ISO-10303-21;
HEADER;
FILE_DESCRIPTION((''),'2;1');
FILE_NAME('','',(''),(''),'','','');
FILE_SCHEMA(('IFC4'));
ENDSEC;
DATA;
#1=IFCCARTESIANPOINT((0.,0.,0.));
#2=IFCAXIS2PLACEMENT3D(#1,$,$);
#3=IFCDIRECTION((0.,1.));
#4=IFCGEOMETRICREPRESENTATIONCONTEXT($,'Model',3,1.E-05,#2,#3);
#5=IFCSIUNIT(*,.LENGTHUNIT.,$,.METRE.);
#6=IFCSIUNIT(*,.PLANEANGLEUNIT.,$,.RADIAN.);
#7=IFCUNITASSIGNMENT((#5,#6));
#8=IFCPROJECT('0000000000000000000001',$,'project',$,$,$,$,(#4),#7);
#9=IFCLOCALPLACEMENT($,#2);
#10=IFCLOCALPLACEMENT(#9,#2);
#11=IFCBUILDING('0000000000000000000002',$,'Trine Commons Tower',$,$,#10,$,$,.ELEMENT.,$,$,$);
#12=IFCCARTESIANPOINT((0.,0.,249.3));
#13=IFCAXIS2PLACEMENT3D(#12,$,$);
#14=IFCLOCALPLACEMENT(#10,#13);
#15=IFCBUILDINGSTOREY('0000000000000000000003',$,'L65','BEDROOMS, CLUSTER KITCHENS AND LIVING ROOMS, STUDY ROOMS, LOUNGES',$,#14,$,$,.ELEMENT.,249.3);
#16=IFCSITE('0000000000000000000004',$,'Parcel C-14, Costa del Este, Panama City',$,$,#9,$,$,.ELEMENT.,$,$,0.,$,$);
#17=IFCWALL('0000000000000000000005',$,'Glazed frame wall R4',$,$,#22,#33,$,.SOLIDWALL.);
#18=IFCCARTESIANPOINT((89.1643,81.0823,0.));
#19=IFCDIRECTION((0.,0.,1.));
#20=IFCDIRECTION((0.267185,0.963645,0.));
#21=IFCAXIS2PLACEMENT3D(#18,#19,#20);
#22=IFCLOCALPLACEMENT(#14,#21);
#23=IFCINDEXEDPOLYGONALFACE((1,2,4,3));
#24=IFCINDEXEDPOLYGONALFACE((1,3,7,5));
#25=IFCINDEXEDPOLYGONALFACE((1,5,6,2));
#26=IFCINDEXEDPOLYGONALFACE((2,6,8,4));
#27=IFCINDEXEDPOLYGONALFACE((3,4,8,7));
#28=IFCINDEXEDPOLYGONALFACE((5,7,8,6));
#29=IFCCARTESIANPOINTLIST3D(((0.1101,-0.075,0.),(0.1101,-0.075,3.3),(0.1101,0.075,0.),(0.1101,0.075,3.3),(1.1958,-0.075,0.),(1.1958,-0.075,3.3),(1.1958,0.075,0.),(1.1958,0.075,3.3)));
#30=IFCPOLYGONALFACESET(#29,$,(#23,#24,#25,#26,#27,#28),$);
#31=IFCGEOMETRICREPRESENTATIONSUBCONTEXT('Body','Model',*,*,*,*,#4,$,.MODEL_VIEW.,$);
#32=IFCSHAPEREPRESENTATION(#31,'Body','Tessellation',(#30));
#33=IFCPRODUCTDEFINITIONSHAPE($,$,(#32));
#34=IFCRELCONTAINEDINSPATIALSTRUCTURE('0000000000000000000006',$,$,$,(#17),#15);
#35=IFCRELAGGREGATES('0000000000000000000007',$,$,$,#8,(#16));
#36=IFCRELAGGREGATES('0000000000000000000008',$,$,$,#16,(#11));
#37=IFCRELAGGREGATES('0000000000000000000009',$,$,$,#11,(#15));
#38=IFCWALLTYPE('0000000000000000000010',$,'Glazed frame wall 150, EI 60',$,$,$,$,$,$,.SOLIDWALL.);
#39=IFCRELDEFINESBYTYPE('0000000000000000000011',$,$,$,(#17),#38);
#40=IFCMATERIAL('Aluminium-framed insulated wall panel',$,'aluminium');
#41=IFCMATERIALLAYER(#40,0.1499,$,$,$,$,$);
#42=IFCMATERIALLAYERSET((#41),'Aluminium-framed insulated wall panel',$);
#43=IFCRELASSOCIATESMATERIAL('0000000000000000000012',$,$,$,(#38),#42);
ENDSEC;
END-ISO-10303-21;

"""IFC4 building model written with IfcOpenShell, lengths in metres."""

from ifc_helpers import new_model, si_unit, direction, frame, origin, place, context, subcontext, project, spatial, polyline, outline, extrude, material, layer, layer_set, type_object, element, save


model = new_model("IFC4")

# Units and contexts
model_context = context("Model", 3, precision=1e-05, world=origin(), true_north=direction((0.0, 1.0)))
body_context = subcontext(model_context, "Body", "Model", "MODEL_VIEW")
ifc_project = project(units=[si_unit("LENGTHUNIT", "METRE"), si_unit("PLANEANGLEUNIT", "RADIAN")], contexts=[model_context])

# Site, building, storey
site_placement = place(None, origin())
site = spatial("IfcSite", under=ifc_project, at=site_placement, Name="Parcel C-14, Costa del Este, Panama City", CompositionType="ELEMENT", RefElevation=0.0)
building_placement = place(site_placement, origin())
building = spatial("IfcBuilding", under=site, at=building_placement, Name="Trine Commons Tower", CompositionType="ELEMENT")
storey_placement = place(building_placement, frame((0.0, 0.0, 249.3)))
storey = spatial("IfcBuildingStorey", under=building, at=storey_placement, Name="L65", Description="BEDROOMS, CLUSTER KITCHENS AND LIVING ROOMS, STUDY ROOMS, LOUNGES", CompositionType="ELEMENT", Elevation=249.3)

# Wall
ifc_material_1 = material(Name="Aluminium-framed insulated wall panel", Category="aluminium")
ifc_layer_1 = layer(ifc_material_1, 0.1499)
ifc_layer_set_1 = layer_set([ifc_layer_1], Name="Aluminium-framed insulated wall panel")
wall_type_1 = type_object("IfcWallType", Name="Glazed frame wall 150, EI 60", PredefinedType="SOLIDWALL", material=ifc_layer_set_1)
wall_1_placement = place(storey_placement, frame((89.1643, 81.0823, 0.0), z_axis=(0.0, 0.0, 1.0), x_axis=(0.267185, 0.963645, 0.0)))
element("IfcWall", 1, at=wall_1_placement, inside=storey, type_object=wall_type_1, Name="Glazed frame wall R4", PredefinedType="SOLIDWALL", context=body_context, shape_type="SweptSolid", body=[
    extrude(outline(polyline([(0.1101, 0.075), (0.1101, -0.075), (1.1958, -0.075), (1.1958, 0.075), (0.1101, 0.075)])), origin(), (0.0, 0.0, 1.0), 3.3),
])

save(model, "model.ifc")
